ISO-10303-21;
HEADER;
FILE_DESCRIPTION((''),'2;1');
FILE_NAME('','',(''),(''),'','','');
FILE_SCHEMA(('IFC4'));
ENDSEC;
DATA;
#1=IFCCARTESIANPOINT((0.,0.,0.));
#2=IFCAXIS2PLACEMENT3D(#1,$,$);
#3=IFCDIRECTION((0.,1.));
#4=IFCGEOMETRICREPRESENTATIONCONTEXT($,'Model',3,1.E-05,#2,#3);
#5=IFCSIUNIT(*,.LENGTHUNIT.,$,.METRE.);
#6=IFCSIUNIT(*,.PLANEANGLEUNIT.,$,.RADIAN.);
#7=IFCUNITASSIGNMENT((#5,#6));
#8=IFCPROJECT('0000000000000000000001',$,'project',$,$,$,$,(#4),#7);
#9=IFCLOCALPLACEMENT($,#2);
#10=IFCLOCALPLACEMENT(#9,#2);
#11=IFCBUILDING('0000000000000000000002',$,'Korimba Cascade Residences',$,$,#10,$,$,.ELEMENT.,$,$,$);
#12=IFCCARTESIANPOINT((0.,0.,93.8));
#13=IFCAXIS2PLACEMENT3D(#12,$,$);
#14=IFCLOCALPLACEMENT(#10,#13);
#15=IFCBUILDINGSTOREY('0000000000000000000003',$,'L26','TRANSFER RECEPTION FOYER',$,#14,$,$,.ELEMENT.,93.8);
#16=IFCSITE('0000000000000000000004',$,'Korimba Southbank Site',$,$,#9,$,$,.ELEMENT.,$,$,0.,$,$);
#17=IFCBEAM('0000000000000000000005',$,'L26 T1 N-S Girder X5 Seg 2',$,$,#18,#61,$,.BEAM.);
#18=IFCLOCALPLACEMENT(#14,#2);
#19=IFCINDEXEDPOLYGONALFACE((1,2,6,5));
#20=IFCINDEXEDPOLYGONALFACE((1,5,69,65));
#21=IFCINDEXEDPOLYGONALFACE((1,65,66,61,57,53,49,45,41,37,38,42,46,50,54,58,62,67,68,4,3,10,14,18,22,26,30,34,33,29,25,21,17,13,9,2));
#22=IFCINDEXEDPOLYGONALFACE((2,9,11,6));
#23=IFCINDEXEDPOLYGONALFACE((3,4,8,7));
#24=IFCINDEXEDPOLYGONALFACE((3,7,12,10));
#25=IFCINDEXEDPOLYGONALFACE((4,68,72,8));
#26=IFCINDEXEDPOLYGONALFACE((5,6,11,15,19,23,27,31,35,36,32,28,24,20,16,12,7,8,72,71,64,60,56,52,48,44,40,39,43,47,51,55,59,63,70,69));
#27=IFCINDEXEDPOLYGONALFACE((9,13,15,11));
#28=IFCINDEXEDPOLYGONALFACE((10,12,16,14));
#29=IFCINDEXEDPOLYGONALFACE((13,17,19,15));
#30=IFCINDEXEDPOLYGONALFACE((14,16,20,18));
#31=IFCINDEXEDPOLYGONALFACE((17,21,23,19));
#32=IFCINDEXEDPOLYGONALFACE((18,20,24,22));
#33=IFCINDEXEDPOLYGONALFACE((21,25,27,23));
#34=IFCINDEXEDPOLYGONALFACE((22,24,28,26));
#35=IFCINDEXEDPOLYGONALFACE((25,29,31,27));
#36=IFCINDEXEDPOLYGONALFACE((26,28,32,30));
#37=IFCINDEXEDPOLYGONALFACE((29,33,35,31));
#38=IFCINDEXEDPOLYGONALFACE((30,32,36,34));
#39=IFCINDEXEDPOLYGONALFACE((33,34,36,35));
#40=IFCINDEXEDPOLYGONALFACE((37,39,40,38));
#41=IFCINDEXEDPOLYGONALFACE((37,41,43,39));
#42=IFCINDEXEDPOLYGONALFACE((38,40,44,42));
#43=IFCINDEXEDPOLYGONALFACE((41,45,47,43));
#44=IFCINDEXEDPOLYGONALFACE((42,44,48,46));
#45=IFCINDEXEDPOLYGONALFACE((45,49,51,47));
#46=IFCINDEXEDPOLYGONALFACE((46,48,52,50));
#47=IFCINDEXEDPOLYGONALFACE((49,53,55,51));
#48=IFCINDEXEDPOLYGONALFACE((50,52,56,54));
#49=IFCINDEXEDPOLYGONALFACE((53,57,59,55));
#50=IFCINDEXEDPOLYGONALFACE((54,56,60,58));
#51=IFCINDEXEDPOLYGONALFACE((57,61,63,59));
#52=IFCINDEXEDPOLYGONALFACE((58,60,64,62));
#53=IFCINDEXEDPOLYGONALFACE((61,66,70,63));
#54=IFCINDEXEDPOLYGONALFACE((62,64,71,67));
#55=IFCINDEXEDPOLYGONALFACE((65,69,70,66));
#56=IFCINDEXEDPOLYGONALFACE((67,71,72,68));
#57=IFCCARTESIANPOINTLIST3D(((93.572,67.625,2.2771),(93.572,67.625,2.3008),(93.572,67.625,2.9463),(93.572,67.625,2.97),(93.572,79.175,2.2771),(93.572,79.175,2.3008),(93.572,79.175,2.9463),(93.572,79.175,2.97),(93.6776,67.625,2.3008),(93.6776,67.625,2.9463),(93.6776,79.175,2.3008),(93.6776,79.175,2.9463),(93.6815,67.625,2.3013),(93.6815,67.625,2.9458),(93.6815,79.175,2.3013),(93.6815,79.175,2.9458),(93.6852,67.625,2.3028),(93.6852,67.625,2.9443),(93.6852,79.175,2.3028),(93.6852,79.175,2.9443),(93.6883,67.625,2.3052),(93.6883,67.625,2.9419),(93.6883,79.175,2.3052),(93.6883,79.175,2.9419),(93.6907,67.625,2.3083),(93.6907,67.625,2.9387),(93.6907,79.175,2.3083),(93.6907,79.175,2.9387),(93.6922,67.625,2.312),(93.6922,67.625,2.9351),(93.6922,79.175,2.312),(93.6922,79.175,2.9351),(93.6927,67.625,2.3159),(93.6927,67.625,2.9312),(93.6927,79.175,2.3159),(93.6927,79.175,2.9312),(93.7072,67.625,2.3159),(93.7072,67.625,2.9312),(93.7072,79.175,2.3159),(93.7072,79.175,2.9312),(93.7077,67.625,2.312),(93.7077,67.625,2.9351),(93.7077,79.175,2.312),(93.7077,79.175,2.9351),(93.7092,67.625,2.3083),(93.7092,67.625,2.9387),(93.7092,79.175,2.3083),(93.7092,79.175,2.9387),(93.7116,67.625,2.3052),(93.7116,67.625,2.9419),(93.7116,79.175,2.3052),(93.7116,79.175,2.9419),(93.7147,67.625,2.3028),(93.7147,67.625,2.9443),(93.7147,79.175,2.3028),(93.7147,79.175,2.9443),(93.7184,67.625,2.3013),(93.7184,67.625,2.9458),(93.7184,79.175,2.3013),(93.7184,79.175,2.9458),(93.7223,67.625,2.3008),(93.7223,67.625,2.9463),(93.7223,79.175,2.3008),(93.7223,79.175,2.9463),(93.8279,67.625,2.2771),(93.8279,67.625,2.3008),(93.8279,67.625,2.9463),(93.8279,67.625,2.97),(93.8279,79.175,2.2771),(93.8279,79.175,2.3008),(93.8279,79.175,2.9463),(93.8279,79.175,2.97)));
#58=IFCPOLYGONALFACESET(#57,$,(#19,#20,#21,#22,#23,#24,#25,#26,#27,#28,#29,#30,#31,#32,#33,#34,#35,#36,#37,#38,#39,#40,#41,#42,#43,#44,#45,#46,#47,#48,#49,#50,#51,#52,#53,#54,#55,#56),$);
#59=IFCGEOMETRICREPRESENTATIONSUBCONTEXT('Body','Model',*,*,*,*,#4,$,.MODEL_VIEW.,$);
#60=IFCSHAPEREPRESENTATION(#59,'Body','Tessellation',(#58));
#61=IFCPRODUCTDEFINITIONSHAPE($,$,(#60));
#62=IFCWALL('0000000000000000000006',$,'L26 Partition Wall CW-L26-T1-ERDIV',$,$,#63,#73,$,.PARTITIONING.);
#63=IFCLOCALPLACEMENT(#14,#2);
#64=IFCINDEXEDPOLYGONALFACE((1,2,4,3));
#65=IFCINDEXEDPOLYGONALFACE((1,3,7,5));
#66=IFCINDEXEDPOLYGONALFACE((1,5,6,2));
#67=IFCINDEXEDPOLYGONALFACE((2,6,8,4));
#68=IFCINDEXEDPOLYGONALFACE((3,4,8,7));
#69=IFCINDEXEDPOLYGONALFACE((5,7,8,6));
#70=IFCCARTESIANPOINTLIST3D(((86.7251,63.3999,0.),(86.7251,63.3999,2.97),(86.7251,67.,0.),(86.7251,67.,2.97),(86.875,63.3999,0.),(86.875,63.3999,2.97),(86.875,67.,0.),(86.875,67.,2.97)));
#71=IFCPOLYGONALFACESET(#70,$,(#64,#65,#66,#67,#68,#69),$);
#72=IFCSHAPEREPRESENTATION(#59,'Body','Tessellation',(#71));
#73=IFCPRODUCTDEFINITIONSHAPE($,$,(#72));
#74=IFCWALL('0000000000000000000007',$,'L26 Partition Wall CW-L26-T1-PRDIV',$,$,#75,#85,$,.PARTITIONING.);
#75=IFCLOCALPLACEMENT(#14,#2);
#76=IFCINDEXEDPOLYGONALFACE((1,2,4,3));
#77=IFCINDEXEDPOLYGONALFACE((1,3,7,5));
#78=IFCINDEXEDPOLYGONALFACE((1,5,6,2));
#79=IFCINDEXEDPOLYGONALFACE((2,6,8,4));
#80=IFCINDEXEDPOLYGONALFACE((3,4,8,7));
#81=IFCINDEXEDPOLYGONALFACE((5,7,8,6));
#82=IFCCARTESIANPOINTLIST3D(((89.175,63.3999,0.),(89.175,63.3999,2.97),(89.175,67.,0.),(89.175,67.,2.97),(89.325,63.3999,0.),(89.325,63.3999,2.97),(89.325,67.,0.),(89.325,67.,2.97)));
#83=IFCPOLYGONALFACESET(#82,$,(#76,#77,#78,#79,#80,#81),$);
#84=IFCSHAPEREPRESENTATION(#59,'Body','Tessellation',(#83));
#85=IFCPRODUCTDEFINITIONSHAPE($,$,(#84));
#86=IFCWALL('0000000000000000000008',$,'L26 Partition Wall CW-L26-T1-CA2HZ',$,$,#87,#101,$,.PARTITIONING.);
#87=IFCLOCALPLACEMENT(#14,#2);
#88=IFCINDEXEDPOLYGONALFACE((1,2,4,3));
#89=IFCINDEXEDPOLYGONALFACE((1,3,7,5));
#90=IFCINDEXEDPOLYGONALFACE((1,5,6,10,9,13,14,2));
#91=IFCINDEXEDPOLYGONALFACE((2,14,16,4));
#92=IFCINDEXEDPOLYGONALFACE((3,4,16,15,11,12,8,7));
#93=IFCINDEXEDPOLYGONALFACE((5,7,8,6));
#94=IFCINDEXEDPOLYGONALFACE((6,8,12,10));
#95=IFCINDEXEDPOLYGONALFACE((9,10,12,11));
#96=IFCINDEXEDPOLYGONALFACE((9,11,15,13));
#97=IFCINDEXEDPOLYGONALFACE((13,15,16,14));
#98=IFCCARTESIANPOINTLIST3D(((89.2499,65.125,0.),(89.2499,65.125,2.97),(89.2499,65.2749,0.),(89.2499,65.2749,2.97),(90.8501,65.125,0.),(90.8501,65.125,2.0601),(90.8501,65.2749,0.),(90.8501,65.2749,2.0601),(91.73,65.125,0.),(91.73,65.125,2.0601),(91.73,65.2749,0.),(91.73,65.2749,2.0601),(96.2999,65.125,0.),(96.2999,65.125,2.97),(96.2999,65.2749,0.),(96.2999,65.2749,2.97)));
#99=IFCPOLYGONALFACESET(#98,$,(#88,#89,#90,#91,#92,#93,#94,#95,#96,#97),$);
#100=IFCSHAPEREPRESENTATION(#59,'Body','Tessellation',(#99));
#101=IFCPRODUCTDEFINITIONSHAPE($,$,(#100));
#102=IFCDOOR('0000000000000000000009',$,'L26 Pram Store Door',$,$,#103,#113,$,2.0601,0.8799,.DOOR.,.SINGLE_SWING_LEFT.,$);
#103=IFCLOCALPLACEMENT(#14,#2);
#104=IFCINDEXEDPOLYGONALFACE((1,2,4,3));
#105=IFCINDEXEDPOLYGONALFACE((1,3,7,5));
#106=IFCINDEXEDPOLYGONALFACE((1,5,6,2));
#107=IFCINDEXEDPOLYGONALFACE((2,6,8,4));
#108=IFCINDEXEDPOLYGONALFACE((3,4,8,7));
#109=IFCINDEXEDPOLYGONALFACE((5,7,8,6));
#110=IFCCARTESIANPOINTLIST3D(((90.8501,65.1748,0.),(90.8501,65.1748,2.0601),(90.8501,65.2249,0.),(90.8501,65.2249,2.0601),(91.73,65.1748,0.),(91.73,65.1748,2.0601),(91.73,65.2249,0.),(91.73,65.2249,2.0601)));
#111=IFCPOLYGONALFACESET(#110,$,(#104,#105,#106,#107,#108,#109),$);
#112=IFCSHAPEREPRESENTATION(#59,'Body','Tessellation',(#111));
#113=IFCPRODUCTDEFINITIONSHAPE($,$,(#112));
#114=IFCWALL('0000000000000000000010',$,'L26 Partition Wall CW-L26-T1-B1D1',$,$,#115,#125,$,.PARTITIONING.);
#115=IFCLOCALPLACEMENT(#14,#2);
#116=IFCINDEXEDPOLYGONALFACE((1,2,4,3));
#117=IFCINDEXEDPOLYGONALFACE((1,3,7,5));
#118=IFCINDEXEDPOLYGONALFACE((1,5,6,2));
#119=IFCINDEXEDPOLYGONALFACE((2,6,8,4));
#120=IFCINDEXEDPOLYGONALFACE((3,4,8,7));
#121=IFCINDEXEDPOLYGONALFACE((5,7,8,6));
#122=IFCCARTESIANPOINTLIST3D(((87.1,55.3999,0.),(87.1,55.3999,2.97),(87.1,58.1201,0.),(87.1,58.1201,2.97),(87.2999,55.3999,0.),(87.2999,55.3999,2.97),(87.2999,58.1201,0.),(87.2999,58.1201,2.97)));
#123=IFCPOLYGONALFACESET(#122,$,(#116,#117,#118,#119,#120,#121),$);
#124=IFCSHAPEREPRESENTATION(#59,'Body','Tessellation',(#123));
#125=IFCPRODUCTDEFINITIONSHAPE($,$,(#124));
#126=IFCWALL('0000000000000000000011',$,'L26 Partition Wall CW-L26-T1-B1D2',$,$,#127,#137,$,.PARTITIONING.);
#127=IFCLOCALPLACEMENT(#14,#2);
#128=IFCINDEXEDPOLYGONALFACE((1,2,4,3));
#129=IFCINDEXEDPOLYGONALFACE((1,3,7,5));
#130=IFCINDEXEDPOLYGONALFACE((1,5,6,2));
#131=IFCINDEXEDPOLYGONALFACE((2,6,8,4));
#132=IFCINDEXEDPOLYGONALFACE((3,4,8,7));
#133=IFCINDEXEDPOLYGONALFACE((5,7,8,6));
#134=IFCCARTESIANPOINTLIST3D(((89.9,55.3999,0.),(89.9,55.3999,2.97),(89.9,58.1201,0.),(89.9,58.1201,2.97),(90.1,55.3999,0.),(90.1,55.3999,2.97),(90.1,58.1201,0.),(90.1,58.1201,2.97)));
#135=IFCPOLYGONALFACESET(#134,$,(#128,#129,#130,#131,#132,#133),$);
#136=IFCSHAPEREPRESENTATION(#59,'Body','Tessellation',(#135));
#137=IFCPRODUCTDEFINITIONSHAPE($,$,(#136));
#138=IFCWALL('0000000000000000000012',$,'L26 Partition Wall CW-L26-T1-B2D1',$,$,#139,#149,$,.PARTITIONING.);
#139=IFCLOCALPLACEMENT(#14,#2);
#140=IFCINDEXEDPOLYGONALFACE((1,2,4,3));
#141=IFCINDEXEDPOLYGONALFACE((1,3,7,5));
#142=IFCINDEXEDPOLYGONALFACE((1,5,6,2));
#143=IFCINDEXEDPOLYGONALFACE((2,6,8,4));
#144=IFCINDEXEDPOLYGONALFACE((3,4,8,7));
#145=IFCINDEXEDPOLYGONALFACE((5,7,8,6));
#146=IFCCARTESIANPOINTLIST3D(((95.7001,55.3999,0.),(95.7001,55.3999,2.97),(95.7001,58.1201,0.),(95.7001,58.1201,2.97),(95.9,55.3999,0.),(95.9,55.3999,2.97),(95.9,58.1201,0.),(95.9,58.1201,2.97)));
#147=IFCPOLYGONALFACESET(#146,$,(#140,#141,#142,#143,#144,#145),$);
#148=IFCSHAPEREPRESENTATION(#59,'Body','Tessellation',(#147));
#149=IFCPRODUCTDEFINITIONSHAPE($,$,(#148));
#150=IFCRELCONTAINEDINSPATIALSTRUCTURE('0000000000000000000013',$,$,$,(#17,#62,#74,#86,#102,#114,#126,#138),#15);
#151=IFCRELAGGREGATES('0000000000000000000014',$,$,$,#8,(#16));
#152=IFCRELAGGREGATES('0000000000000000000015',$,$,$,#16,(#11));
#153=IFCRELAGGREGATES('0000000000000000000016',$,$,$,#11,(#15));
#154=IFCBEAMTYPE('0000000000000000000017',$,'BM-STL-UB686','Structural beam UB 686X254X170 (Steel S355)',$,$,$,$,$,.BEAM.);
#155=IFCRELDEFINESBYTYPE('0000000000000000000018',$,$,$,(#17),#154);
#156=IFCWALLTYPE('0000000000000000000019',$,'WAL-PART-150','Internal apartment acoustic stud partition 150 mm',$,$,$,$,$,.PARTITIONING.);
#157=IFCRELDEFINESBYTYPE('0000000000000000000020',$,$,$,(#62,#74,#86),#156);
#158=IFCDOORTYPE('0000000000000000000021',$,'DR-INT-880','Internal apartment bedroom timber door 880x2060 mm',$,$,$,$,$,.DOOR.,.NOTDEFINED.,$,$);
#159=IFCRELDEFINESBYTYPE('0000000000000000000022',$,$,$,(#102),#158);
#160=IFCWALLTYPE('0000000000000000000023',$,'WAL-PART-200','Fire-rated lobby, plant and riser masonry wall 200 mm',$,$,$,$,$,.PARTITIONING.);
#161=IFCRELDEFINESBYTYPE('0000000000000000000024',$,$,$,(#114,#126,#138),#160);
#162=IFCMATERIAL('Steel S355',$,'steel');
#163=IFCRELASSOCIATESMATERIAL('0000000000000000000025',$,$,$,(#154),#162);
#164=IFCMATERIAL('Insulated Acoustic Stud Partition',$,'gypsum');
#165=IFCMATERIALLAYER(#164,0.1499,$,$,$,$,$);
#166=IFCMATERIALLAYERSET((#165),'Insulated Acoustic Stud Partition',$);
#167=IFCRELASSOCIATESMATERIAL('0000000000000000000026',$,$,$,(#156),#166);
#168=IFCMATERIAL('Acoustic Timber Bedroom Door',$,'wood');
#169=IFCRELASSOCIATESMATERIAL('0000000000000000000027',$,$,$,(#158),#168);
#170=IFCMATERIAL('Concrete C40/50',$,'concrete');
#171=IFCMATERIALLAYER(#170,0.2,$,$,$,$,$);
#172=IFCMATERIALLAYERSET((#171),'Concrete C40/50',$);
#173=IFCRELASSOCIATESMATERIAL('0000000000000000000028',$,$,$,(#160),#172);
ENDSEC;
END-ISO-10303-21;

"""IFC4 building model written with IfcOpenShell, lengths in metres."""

from ifc_helpers import new_model, si_unit, direction, frame, frame_2d, origin, origin_2d, place, context, subcontext, project, spatial, rectangle, i_section, extrude, material, layer, layer_set, material_profile, profile_set, type_object, element, fill, save


model = new_model("IFC4")

# Units and contexts
model_context = context("Model", 3, precision=1e-05, world=origin(), true_north=direction((0.0, 1.0)))
body_context = subcontext(model_context, "Body", "Model", "MODEL_VIEW")
ifc_project = project(units=[si_unit("LENGTHUNIT", "METRE"), si_unit("PLANEANGLEUNIT", "RADIAN")], contexts=[model_context])

# Site, building, storey
site_placement = place(None, origin())
site = spatial("IfcSite", under=ifc_project, at=site_placement, Name="Korimba Southbank Site", CompositionType="ELEMENT", RefElevation=0.0)
building_placement = place(site_placement, origin())
building = spatial("IfcBuilding", under=site, at=building_placement, Name="Korimba Cascade Residences", CompositionType="ELEMENT")
storey_placement = place(building_placement, frame((0.0, 0.0, 93.8)))
storey = spatial("IfcBuildingStorey", under=building, at=storey_placement, Name="L26", Description="TRANSFER RECEPTION FOYER", CompositionType="ELEMENT", Elevation=93.8)

# Beam
ifc_material_1 = material(Name="Steel S355", Category="steel")
ifc_material_profile_1 = material_profile(ifc_material_1, i_section(OverallWidth=0.2559, OverallDepth=0.6929, WebThickness=0.0144, FlangeThickness=0.0237, FilletRadius=0.0151, at=origin_2d()), Name="Steel S355")
ifc_profile_set_1 = profile_set([ifc_material_profile_1], Name="Steel S355")
beam_type = type_object("IfcBeamType", Name="BM-STL-UB686", Description="Structural beam UB 686X254X170 (Steel S355)", PredefinedType="BEAM", material=ifc_profile_set_1)
beam_1_placement = place(storey_placement, frame((93.7, 67.625, 2.6235), z_axis=(0.0, 1.0, 0.0), x_axis=(-1.0, 0.0, 0.0)))
element("IfcBeam", 1, at=beam_1_placement, inside=storey, type_object=beam_type, Name="L26 T1 N-S Girder X5 Seg 2", PredefinedType="BEAM", context=body_context, shape_type="SweptSolid", body=[
    extrude(i_section(OverallWidth=0.2559, OverallDepth=0.6929, WebThickness=0.0144, FlangeThickness=0.0237, FilletRadius=0.0151, at=origin_2d()), origin(), (0.0, 0.0, 1.0), 11.55),
])

# Walls
ifc_material_2 = material(Name="Insulated Acoustic Stud Partition", Category="gypsum")
ifc_layer_1 = layer(ifc_material_2, 0.1499)
ifc_layer_set_1 = layer_set([ifc_layer_1], Name="Insulated Acoustic Stud Partition")
wall_type_1 = type_object("IfcWallType", Name="WAL-PART-150", Description="Internal apartment acoustic stud partition 150 mm", PredefinedType="PARTITIONING", material=ifc_layer_set_1)
for number, where, z_axis, x_axis, name in (
    (2, (86.8, 63.3999, 0.0), (0.0, 0.0, 1.0), (0.0, 1.0, 0.0), "L26 Partition Wall CW-L26-T1-ERDIV"),
    (3, (89.25, 63.3999, 0.0), (0.0, 0.0, 1.0), (0.0, 1.0, 0.0), "L26 Partition Wall CW-L26-T1-PRDIV"),
):
    element("IfcWall", number, at=place(storey_placement, frame(where, z_axis=z_axis, x_axis=x_axis)), inside=storey, type_object=wall_type_1, Name=name, PredefinedType="PARTITIONING", context=body_context, shape_type="SweptSolid", body=[
        extrude(rectangle(XDim=3.6001, YDim=0.1499, at=frame_2d((1.8, 0.0))), origin(), (0.0, 0.0, 1.0), 2.97),
    ])

# Wall, opening, door
wall_1_placement = place(storey_placement, frame((89.25, 65.2, 0.0), z_axis=(0.0, 0.0, 1.0), x_axis=(1.0, 0.0, 0.0)))
wall_1 = element("IfcWall", 4, at=wall_1_placement, inside=storey, type_object=wall_type_1, Name="L26 Partition Wall CW-L26-T1-CA2HZ", PredefinedType="PARTITIONING", context=body_context, shape_type="SweptSolid", body=[
    extrude(rectangle(XDim=7.05, YDim=0.1499, at=frame_2d((3.5249, 0.0))), origin(), (0.0, 0.0, 1.0), 2.97),
])
opening_1_placement = place(wall_1_placement, frame((1.6001, 0.0, 0.0)))
opening_1 = element("IfcOpeningElement", 5, at=opening_1_placement, cuts=wall_1, PredefinedType="OPENING", context=body_context, shape_type="SweptSolid", body=[
    extrude(rectangle(XDim=0.8799, YDim=2.0601, at=frame_2d((0.4399, 1.03))), frame((0.0, 0.085, 0.0), z_axis=(0.0, -1.0, 0.0), x_axis=(1.0, 0.0, 0.0)), (0.0, 0.0, 1.0), 0.1699),
])
ifc_material_3 = material(Name="Acoustic Timber Bedroom Door", Category="wood")
door_type_1 = type_object("IfcDoorType", Name="DR-INT-880", Description="Internal apartment bedroom timber door 880x2060 mm", OperationType="NOTDEFINED", PredefinedType="DOOR", material=ifc_material_3)
door_1_placement = place(opening_1_placement, origin())
door_1 = element("IfcDoor", 6, at=door_1_placement, inside=storey, type_object=door_type_1, Name="L26 Pram Store Door", OperationType="SINGLE_SWING_LEFT", OverallHeight=2.0601, OverallWidth=0.8799, PredefinedType="DOOR", context=body_context, shape_type="SweptSolid", body=[
    extrude(rectangle(XDim=0.8799, YDim=2.0601, at=frame_2d((0.4399, 1.03))), frame((0.0, 0.0249, 0.0), z_axis=(0.0, -1.0, 0.0), x_axis=(1.0, 0.0, 0.0)), (0.0, 0.0, 1.0), 0.05),
])
fill(opening_1, door_1)

# Walls
ifc_material_4 = material(Name="Concrete C40/50", Category="concrete")
ifc_layer_2 = layer(ifc_material_4, 0.2)
ifc_layer_set_2 = layer_set([ifc_layer_2], Name="Concrete C40/50")
wall_type_2 = type_object("IfcWallType", Name="WAL-PART-200", Description="Fire-rated lobby, plant and riser masonry wall 200 mm", PredefinedType="PARTITIONING", material=ifc_layer_set_2)
for number, where, z_axis, x_axis, name in (
    (7, (87.2, 55.3999, 0.0), (0.0, 0.0, 1.0), (0.0, 1.0, 0.0), "L26 Partition Wall CW-L26-T1-B1D1"),
    (8, (90.0, 55.3999, 0.0), (0.0, 0.0, 1.0), (0.0, 1.0, 0.0), "L26 Partition Wall CW-L26-T1-B1D2"),
    (9, (95.8, 55.3999, 0.0), (0.0, 0.0, 1.0), (0.0, 1.0, 0.0), "L26 Partition Wall CW-L26-T1-B2D1"),
):
    element("IfcWall", number, at=place(storey_placement, frame(where, z_axis=z_axis, x_axis=x_axis)), inside=storey, type_object=wall_type_2, Name=name, PredefinedType="PARTITIONING", context=body_context, shape_type="SweptSolid", body=[
        extrude(rectangle(XDim=2.7202, YDim=0.2, at=frame_2d((1.3601, 0.0))), origin(), (0.0, 0.0, 1.0), 2.97),
    ])

save(model, "model.ifc")
